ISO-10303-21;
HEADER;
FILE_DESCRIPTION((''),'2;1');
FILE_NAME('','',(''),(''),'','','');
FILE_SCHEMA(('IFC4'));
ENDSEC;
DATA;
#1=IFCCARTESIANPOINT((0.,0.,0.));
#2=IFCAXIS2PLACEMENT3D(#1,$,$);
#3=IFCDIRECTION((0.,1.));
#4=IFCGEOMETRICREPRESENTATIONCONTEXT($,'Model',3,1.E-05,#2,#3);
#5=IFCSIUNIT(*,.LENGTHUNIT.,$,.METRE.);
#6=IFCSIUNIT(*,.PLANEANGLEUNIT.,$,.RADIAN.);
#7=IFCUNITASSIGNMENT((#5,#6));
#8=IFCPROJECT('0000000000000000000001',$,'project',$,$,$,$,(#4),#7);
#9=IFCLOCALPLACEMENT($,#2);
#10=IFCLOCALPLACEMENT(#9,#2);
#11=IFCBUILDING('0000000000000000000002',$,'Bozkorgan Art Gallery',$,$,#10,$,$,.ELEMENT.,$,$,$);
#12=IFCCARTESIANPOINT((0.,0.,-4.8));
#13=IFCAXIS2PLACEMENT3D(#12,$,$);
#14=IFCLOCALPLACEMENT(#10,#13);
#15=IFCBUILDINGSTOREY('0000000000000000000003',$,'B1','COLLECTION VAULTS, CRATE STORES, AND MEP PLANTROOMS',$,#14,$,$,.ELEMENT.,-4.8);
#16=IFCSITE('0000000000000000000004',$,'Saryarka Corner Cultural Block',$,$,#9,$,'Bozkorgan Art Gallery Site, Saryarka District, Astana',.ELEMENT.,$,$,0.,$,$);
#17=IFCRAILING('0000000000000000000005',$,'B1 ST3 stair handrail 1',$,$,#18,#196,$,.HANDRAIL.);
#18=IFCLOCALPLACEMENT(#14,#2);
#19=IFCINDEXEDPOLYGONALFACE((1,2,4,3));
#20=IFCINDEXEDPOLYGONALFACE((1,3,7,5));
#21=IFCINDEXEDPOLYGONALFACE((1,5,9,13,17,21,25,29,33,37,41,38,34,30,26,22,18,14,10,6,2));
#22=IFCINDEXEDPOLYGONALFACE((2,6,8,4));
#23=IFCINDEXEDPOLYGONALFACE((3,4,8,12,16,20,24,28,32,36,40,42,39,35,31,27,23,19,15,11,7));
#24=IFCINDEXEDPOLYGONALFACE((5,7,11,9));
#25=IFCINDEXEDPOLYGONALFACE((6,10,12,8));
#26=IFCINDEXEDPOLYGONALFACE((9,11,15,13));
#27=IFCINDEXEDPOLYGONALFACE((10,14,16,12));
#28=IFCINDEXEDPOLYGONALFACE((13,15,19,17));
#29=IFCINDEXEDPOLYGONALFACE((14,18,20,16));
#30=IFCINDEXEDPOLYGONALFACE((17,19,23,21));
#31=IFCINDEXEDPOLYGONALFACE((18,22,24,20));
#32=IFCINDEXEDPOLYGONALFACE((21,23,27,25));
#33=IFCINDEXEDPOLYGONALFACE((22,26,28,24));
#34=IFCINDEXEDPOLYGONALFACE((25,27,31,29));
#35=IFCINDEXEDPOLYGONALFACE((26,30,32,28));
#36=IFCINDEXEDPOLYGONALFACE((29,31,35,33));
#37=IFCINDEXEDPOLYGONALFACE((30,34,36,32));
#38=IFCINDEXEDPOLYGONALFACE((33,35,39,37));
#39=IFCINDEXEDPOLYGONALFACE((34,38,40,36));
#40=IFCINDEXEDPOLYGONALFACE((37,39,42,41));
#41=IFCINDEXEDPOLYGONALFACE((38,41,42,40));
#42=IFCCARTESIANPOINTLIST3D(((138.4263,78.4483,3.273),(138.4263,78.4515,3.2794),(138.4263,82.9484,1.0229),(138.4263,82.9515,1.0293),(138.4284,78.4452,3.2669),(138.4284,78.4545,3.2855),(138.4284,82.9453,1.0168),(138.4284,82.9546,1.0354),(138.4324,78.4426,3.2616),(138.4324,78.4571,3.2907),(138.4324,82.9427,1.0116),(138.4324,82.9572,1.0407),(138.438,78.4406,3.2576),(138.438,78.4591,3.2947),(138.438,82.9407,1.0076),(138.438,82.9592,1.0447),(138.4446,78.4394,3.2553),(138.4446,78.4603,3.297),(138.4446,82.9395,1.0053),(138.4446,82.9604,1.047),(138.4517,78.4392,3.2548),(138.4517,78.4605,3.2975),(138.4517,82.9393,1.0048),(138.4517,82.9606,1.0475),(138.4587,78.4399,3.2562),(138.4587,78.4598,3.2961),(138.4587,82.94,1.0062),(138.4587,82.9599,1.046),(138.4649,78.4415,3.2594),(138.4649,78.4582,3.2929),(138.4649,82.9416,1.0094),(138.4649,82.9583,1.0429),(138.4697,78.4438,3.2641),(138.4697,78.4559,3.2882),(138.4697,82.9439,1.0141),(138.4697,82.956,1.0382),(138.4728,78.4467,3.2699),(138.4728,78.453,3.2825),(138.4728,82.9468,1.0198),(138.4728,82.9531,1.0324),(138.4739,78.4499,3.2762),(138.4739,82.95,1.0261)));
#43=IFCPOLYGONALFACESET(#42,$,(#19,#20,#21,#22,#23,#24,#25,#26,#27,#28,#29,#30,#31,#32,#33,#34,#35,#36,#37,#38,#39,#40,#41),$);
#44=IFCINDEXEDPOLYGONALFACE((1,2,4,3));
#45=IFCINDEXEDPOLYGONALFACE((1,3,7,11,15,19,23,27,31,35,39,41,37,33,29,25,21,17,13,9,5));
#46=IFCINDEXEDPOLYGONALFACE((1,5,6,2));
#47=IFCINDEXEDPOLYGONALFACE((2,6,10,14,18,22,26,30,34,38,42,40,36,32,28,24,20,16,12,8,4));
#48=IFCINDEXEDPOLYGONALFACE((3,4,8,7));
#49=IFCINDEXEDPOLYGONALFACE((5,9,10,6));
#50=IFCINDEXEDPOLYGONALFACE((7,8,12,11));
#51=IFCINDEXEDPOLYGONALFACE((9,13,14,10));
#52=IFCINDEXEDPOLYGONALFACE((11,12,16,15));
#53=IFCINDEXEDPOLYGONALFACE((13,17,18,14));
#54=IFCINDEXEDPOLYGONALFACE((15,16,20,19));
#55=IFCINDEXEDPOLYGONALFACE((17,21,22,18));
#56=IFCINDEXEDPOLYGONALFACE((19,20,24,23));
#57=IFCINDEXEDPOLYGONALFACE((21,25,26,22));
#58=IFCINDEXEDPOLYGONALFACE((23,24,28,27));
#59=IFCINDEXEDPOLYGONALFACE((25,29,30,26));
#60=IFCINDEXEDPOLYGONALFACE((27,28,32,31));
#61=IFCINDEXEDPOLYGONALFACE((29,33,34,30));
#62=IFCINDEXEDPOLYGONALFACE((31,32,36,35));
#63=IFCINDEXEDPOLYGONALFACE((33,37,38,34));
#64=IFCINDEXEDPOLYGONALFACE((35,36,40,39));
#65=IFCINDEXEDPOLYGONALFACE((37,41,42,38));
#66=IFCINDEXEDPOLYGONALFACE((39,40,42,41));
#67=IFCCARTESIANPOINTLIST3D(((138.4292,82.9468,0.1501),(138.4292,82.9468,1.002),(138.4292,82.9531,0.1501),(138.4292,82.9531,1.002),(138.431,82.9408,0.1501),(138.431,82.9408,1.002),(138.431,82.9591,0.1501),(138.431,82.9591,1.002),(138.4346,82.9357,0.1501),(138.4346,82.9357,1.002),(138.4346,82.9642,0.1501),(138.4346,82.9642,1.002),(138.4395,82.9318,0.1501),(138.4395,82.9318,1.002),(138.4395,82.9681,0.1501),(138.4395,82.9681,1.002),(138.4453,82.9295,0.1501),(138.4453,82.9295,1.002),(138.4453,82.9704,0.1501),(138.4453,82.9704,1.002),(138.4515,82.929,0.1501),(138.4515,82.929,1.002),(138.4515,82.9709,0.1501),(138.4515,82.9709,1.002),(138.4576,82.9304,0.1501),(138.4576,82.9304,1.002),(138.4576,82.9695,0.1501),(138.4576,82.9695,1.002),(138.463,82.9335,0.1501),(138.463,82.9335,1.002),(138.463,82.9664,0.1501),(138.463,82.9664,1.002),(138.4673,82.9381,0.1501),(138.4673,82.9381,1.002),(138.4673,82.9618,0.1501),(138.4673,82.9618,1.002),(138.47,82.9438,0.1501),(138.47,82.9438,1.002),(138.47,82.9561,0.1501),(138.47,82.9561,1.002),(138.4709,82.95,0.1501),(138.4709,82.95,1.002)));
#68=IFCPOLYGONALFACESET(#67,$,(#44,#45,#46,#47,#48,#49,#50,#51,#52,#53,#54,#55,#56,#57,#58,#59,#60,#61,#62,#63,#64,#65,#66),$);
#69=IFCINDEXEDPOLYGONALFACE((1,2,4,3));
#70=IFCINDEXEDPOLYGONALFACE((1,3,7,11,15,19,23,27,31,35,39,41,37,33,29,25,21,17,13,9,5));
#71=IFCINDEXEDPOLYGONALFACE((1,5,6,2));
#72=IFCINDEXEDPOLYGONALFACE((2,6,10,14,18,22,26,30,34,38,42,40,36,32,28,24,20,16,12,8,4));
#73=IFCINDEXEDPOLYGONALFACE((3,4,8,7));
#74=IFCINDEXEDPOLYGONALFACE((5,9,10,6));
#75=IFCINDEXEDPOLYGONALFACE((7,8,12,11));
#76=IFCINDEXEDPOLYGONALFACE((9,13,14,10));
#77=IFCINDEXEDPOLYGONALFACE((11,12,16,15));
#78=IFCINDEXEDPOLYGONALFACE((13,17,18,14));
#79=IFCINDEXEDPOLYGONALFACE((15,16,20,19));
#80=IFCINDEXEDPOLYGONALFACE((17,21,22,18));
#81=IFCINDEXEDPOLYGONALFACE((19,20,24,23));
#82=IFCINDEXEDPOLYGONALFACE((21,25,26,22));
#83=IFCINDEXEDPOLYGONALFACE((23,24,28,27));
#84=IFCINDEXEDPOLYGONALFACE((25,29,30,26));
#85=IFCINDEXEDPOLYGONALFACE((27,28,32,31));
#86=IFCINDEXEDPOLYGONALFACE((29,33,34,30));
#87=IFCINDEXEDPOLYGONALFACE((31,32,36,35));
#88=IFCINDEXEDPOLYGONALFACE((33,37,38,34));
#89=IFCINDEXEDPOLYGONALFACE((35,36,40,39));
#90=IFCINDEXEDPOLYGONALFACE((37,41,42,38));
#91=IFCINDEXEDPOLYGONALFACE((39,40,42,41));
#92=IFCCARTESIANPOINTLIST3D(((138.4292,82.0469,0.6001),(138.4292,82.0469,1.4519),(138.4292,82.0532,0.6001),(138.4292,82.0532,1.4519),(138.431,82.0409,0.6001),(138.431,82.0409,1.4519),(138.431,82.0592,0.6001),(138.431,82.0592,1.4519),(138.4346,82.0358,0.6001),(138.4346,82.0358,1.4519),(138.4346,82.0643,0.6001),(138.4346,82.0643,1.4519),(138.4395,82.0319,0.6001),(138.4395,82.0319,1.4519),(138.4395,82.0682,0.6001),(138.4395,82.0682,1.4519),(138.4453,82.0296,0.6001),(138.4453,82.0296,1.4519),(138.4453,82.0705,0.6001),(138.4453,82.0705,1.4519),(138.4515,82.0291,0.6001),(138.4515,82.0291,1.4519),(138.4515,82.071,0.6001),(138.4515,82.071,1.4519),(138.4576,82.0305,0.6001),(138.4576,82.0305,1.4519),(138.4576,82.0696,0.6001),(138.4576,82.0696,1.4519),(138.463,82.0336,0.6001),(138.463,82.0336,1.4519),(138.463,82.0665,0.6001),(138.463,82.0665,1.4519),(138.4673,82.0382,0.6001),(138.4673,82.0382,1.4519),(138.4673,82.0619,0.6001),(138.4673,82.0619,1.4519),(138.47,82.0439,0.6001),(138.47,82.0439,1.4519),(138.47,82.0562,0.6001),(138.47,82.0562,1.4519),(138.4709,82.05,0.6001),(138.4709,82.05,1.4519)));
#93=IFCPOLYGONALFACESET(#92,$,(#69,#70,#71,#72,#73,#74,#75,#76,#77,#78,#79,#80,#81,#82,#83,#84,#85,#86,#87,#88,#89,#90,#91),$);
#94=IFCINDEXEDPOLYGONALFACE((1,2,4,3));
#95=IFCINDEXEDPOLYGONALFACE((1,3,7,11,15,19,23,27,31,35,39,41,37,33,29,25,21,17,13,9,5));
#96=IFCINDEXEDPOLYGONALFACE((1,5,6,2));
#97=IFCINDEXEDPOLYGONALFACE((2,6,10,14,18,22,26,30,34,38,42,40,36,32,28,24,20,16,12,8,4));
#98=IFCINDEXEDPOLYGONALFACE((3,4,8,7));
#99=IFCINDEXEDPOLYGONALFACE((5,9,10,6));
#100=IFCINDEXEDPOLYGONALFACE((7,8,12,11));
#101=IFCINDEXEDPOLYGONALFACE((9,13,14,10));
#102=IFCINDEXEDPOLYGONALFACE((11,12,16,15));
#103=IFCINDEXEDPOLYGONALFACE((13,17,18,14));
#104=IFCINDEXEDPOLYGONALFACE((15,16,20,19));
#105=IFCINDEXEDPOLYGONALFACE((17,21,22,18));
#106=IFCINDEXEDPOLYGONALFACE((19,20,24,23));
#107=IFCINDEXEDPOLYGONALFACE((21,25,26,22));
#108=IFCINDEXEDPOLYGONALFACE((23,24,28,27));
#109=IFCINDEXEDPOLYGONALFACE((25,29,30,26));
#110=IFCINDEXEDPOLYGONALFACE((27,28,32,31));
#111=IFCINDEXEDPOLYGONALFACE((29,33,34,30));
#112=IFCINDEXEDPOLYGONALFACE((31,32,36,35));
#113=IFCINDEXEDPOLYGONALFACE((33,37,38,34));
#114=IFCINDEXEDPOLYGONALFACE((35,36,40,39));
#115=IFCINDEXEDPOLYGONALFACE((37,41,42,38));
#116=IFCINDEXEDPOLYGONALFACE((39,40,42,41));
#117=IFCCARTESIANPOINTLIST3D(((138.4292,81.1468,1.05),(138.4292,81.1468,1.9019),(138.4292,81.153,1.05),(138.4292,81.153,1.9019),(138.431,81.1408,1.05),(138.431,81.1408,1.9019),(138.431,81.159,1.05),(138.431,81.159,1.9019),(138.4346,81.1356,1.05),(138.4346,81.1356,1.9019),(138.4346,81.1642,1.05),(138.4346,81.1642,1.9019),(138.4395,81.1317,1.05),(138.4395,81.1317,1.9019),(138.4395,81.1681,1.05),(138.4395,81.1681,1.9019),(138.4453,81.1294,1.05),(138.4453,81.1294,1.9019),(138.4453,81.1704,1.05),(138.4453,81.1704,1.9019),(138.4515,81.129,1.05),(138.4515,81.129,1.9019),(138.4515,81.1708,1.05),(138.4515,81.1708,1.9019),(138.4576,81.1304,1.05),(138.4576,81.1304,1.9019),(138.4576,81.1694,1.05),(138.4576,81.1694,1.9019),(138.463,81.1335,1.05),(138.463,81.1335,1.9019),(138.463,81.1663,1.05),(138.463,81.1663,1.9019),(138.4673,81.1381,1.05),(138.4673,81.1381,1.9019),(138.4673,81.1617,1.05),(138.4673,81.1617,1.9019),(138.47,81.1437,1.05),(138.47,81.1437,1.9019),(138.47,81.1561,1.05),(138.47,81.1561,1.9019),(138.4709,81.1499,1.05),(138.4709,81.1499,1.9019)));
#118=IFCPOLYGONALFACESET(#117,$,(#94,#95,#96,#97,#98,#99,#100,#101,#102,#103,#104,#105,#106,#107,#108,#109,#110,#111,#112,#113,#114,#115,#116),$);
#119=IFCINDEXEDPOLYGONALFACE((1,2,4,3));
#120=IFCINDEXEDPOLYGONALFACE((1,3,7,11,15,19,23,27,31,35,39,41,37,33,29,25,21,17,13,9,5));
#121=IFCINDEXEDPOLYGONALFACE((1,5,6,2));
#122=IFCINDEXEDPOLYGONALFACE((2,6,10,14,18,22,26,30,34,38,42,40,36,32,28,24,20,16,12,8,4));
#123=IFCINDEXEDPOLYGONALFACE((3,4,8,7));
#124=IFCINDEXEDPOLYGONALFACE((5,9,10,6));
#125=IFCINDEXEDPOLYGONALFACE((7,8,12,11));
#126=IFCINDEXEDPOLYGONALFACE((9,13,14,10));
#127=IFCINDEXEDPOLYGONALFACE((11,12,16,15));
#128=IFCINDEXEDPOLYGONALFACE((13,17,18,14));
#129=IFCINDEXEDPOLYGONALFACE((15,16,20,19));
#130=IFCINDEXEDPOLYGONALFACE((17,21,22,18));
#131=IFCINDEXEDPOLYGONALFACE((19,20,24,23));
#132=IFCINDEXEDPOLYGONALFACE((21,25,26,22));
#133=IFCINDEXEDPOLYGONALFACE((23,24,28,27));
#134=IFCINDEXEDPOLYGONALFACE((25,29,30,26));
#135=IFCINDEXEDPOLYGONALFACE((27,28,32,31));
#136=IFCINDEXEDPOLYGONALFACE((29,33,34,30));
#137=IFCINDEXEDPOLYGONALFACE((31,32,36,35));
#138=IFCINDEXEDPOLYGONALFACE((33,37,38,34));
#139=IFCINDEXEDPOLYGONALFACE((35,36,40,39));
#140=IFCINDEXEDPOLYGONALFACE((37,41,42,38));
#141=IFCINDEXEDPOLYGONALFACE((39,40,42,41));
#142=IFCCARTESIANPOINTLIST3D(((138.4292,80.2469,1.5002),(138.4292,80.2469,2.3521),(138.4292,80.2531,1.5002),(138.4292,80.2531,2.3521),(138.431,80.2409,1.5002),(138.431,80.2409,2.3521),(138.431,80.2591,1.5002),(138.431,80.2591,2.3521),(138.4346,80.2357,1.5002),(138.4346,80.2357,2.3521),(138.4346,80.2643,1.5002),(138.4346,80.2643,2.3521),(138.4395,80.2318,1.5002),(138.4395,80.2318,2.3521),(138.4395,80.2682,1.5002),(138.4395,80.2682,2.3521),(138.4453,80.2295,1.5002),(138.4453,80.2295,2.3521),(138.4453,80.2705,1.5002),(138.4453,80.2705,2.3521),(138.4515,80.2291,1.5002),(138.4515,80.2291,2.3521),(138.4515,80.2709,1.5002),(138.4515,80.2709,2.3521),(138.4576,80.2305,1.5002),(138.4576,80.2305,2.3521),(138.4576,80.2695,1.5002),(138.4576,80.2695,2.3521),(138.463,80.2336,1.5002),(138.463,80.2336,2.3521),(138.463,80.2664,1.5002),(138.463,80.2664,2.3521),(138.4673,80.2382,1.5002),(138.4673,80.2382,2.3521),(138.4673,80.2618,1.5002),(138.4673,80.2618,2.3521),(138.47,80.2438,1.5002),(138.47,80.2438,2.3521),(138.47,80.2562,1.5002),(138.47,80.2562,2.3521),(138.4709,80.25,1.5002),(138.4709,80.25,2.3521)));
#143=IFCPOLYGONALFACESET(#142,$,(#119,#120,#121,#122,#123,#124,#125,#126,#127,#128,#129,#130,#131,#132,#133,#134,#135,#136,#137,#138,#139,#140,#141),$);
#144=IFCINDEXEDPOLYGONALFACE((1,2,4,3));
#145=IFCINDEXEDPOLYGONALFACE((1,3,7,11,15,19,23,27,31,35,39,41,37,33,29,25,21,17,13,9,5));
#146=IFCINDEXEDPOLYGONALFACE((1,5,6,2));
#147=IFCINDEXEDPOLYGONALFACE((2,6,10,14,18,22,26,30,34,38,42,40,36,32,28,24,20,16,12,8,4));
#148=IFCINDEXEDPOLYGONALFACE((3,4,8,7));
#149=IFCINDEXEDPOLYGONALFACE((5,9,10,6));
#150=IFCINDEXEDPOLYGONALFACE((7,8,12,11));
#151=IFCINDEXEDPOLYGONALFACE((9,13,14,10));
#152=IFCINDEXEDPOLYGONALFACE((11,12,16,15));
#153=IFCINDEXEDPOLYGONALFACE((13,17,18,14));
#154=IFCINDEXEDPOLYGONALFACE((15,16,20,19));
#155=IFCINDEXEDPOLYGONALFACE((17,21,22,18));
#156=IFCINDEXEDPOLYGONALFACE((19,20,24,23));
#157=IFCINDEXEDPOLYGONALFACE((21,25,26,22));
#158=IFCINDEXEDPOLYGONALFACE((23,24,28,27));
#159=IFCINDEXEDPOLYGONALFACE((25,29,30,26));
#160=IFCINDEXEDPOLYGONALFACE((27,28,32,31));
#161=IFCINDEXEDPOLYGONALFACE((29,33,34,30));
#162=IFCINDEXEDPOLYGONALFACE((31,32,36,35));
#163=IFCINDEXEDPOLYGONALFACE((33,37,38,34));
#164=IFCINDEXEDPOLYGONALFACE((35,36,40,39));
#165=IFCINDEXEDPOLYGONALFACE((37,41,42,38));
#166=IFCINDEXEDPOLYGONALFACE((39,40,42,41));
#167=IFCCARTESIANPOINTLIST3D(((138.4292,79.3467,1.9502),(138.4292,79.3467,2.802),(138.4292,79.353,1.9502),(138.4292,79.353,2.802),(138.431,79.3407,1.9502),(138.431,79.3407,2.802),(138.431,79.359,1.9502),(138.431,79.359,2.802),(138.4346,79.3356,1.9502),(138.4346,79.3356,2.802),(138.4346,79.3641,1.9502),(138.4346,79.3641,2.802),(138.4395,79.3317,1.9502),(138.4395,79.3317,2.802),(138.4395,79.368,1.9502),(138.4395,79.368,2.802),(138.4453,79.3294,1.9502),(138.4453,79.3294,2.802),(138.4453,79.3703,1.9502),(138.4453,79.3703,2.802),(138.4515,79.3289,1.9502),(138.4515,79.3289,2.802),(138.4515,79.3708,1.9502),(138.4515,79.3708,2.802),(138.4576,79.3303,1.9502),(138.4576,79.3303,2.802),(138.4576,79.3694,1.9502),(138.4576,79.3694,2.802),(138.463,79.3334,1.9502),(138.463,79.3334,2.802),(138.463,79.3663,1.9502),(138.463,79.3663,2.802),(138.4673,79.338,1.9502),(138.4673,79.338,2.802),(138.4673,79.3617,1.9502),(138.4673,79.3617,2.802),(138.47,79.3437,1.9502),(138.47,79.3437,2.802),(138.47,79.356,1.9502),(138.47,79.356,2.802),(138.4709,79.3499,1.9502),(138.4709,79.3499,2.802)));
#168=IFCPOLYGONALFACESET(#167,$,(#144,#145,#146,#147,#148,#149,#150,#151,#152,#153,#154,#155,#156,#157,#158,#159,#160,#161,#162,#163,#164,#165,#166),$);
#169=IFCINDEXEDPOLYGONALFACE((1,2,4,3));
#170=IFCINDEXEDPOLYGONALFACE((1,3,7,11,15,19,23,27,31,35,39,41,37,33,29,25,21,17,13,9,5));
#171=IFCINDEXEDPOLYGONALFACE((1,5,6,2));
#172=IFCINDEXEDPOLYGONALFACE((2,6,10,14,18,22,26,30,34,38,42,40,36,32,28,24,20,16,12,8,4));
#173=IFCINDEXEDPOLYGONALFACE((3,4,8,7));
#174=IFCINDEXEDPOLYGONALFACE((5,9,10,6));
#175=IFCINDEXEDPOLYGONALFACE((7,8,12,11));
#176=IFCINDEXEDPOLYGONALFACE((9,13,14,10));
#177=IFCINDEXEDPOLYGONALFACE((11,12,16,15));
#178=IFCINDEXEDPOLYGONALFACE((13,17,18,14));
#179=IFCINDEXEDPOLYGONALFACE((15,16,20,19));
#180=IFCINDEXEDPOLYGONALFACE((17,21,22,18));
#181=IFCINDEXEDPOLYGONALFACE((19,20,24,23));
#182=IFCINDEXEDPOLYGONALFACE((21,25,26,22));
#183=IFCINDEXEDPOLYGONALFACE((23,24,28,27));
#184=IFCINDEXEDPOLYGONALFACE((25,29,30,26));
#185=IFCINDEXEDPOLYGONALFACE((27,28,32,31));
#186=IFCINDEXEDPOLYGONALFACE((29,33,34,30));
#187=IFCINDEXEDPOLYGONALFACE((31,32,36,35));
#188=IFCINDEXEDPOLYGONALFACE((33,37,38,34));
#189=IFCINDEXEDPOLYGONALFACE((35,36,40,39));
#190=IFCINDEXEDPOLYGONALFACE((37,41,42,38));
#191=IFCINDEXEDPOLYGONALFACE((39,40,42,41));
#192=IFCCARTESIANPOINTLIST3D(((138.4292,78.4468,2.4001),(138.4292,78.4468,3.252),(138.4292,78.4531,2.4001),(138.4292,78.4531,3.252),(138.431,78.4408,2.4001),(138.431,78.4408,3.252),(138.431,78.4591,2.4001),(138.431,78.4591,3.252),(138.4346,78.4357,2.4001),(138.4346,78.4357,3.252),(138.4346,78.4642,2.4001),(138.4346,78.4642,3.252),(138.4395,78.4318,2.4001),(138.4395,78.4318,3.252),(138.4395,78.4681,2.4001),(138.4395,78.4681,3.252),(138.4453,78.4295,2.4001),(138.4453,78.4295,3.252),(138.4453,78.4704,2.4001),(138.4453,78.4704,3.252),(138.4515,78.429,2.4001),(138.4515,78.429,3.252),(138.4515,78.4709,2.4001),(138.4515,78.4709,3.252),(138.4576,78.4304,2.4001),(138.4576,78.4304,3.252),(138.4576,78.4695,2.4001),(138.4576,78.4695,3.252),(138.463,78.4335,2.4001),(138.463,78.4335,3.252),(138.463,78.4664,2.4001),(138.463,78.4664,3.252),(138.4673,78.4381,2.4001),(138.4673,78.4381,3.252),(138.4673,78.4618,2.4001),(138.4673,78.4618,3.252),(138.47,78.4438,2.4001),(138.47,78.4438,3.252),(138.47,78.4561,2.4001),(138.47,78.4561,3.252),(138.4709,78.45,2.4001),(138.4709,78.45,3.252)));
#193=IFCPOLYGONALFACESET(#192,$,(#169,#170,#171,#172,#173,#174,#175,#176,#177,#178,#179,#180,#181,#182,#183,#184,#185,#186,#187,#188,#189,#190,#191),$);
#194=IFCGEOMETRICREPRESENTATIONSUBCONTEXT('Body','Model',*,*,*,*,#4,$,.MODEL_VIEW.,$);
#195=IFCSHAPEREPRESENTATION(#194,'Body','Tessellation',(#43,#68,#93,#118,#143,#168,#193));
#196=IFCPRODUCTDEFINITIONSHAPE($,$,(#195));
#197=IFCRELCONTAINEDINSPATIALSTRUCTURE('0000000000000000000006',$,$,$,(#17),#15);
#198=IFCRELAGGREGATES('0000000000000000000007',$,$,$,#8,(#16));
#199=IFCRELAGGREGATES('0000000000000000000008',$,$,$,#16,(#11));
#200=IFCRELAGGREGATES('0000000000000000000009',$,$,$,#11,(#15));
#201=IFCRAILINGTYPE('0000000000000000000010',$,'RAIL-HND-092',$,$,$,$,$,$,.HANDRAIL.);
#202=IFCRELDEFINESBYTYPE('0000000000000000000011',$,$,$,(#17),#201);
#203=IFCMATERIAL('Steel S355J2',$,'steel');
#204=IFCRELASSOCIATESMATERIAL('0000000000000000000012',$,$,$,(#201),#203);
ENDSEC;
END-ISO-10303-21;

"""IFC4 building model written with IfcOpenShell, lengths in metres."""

from ifc_helpers import new_model, si_unit, direction, frame, origin, origin_2d, place, context, subcontext, project, spatial, circle, extrude, material, type_object, element, save


model = new_model("IFC4")

# Units and contexts
model_context = context("Model", 3, precision=1e-05, world=origin(), true_north=direction((0.0, 1.0)))
body_context = subcontext(model_context, "Body", "Model", "MODEL_VIEW")
ifc_project = project(units=[si_unit("LENGTHUNIT", "METRE"), si_unit("PLANEANGLEUNIT", "RADIAN")], contexts=[model_context])

# Site, building, storey
site_placement = place(None, origin())
site = spatial("IfcSite", under=ifc_project, at=site_placement, Name="Saryarka Corner Cultural Block", LongName="Bozkorgan Art Gallery Site, Saryarka District, Astana", CompositionType="ELEMENT", RefElevation=0.0)
building_placement = place(site_placement, origin())
building = spatial("IfcBuilding", under=site, at=building_placement, Name="Bozkorgan Art Gallery", CompositionType="ELEMENT")
storey_placement = place(building_placement, frame((0.0, 0.0, -4.8)))
storey = spatial("IfcBuildingStorey", under=building, at=storey_placement, Name="B1", Description="COLLECTION VAULTS, CRATE STORES, AND MEP PLANTROOMS", CompositionType="ELEMENT", Elevation=-4.8)

# Shared definitions
ifc_material_1 = material(Name="Steel S355J2", Category="steel")

# Railing
railing_type_1 = type_object("IfcRailingType", Name="RAIL-HND-092", PredefinedType="HANDRAIL", material=ifc_material_1)
railing_1_placement = place(storey_placement, frame((138.45, 82.95, 0.1501)))
element("IfcRailing", 1, at=railing_1_placement, inside=storey, type_object=railing_type_1, Name="B1 ST3 stair handrail 1", PredefinedType="HANDRAIL", context=body_context, shape_type="SweptSolid", body=[
    extrude(circle(Radius=0.0239, at=origin_2d()), frame((0.0, 0.0, 0.876), z_axis=(0.0, -0.894427, 0.447214), x_axis=(1.0, 0.0, 0.0)), (0.0, 0.0, 1.0), 5.0312),
    extrude(circle(Radius=0.021, at=origin_2d()), origin(), (0.0, 0.0, 1.0), 0.8518),
    extrude(circle(Radius=0.021, at=origin_2d()), frame((0.0, -0.8999, 0.45)), (0.0, 0.0, 1.0), 0.8518),
    extrude(circle(Radius=0.021, at=origin_2d()), frame((0.0, -1.8, 0.8999)), (0.0, 0.0, 1.0), 0.8518),
    extrude(circle(Radius=0.021, at=origin_2d()), frame((0.0, -2.7, 1.3501)), (0.0, 0.0, 1.0), 0.8518),
    extrude(circle(Radius=0.021, at=origin_2d()), frame((0.0, -3.6001, 1.8)), (0.0, 0.0, 1.0), 0.8518),
    extrude(circle(Radius=0.021, at=origin_2d()), frame((0.0, -4.5, 2.25)), (0.0, 0.0, 1.0), 0.8518),
])

save(model, "model.ifc")
